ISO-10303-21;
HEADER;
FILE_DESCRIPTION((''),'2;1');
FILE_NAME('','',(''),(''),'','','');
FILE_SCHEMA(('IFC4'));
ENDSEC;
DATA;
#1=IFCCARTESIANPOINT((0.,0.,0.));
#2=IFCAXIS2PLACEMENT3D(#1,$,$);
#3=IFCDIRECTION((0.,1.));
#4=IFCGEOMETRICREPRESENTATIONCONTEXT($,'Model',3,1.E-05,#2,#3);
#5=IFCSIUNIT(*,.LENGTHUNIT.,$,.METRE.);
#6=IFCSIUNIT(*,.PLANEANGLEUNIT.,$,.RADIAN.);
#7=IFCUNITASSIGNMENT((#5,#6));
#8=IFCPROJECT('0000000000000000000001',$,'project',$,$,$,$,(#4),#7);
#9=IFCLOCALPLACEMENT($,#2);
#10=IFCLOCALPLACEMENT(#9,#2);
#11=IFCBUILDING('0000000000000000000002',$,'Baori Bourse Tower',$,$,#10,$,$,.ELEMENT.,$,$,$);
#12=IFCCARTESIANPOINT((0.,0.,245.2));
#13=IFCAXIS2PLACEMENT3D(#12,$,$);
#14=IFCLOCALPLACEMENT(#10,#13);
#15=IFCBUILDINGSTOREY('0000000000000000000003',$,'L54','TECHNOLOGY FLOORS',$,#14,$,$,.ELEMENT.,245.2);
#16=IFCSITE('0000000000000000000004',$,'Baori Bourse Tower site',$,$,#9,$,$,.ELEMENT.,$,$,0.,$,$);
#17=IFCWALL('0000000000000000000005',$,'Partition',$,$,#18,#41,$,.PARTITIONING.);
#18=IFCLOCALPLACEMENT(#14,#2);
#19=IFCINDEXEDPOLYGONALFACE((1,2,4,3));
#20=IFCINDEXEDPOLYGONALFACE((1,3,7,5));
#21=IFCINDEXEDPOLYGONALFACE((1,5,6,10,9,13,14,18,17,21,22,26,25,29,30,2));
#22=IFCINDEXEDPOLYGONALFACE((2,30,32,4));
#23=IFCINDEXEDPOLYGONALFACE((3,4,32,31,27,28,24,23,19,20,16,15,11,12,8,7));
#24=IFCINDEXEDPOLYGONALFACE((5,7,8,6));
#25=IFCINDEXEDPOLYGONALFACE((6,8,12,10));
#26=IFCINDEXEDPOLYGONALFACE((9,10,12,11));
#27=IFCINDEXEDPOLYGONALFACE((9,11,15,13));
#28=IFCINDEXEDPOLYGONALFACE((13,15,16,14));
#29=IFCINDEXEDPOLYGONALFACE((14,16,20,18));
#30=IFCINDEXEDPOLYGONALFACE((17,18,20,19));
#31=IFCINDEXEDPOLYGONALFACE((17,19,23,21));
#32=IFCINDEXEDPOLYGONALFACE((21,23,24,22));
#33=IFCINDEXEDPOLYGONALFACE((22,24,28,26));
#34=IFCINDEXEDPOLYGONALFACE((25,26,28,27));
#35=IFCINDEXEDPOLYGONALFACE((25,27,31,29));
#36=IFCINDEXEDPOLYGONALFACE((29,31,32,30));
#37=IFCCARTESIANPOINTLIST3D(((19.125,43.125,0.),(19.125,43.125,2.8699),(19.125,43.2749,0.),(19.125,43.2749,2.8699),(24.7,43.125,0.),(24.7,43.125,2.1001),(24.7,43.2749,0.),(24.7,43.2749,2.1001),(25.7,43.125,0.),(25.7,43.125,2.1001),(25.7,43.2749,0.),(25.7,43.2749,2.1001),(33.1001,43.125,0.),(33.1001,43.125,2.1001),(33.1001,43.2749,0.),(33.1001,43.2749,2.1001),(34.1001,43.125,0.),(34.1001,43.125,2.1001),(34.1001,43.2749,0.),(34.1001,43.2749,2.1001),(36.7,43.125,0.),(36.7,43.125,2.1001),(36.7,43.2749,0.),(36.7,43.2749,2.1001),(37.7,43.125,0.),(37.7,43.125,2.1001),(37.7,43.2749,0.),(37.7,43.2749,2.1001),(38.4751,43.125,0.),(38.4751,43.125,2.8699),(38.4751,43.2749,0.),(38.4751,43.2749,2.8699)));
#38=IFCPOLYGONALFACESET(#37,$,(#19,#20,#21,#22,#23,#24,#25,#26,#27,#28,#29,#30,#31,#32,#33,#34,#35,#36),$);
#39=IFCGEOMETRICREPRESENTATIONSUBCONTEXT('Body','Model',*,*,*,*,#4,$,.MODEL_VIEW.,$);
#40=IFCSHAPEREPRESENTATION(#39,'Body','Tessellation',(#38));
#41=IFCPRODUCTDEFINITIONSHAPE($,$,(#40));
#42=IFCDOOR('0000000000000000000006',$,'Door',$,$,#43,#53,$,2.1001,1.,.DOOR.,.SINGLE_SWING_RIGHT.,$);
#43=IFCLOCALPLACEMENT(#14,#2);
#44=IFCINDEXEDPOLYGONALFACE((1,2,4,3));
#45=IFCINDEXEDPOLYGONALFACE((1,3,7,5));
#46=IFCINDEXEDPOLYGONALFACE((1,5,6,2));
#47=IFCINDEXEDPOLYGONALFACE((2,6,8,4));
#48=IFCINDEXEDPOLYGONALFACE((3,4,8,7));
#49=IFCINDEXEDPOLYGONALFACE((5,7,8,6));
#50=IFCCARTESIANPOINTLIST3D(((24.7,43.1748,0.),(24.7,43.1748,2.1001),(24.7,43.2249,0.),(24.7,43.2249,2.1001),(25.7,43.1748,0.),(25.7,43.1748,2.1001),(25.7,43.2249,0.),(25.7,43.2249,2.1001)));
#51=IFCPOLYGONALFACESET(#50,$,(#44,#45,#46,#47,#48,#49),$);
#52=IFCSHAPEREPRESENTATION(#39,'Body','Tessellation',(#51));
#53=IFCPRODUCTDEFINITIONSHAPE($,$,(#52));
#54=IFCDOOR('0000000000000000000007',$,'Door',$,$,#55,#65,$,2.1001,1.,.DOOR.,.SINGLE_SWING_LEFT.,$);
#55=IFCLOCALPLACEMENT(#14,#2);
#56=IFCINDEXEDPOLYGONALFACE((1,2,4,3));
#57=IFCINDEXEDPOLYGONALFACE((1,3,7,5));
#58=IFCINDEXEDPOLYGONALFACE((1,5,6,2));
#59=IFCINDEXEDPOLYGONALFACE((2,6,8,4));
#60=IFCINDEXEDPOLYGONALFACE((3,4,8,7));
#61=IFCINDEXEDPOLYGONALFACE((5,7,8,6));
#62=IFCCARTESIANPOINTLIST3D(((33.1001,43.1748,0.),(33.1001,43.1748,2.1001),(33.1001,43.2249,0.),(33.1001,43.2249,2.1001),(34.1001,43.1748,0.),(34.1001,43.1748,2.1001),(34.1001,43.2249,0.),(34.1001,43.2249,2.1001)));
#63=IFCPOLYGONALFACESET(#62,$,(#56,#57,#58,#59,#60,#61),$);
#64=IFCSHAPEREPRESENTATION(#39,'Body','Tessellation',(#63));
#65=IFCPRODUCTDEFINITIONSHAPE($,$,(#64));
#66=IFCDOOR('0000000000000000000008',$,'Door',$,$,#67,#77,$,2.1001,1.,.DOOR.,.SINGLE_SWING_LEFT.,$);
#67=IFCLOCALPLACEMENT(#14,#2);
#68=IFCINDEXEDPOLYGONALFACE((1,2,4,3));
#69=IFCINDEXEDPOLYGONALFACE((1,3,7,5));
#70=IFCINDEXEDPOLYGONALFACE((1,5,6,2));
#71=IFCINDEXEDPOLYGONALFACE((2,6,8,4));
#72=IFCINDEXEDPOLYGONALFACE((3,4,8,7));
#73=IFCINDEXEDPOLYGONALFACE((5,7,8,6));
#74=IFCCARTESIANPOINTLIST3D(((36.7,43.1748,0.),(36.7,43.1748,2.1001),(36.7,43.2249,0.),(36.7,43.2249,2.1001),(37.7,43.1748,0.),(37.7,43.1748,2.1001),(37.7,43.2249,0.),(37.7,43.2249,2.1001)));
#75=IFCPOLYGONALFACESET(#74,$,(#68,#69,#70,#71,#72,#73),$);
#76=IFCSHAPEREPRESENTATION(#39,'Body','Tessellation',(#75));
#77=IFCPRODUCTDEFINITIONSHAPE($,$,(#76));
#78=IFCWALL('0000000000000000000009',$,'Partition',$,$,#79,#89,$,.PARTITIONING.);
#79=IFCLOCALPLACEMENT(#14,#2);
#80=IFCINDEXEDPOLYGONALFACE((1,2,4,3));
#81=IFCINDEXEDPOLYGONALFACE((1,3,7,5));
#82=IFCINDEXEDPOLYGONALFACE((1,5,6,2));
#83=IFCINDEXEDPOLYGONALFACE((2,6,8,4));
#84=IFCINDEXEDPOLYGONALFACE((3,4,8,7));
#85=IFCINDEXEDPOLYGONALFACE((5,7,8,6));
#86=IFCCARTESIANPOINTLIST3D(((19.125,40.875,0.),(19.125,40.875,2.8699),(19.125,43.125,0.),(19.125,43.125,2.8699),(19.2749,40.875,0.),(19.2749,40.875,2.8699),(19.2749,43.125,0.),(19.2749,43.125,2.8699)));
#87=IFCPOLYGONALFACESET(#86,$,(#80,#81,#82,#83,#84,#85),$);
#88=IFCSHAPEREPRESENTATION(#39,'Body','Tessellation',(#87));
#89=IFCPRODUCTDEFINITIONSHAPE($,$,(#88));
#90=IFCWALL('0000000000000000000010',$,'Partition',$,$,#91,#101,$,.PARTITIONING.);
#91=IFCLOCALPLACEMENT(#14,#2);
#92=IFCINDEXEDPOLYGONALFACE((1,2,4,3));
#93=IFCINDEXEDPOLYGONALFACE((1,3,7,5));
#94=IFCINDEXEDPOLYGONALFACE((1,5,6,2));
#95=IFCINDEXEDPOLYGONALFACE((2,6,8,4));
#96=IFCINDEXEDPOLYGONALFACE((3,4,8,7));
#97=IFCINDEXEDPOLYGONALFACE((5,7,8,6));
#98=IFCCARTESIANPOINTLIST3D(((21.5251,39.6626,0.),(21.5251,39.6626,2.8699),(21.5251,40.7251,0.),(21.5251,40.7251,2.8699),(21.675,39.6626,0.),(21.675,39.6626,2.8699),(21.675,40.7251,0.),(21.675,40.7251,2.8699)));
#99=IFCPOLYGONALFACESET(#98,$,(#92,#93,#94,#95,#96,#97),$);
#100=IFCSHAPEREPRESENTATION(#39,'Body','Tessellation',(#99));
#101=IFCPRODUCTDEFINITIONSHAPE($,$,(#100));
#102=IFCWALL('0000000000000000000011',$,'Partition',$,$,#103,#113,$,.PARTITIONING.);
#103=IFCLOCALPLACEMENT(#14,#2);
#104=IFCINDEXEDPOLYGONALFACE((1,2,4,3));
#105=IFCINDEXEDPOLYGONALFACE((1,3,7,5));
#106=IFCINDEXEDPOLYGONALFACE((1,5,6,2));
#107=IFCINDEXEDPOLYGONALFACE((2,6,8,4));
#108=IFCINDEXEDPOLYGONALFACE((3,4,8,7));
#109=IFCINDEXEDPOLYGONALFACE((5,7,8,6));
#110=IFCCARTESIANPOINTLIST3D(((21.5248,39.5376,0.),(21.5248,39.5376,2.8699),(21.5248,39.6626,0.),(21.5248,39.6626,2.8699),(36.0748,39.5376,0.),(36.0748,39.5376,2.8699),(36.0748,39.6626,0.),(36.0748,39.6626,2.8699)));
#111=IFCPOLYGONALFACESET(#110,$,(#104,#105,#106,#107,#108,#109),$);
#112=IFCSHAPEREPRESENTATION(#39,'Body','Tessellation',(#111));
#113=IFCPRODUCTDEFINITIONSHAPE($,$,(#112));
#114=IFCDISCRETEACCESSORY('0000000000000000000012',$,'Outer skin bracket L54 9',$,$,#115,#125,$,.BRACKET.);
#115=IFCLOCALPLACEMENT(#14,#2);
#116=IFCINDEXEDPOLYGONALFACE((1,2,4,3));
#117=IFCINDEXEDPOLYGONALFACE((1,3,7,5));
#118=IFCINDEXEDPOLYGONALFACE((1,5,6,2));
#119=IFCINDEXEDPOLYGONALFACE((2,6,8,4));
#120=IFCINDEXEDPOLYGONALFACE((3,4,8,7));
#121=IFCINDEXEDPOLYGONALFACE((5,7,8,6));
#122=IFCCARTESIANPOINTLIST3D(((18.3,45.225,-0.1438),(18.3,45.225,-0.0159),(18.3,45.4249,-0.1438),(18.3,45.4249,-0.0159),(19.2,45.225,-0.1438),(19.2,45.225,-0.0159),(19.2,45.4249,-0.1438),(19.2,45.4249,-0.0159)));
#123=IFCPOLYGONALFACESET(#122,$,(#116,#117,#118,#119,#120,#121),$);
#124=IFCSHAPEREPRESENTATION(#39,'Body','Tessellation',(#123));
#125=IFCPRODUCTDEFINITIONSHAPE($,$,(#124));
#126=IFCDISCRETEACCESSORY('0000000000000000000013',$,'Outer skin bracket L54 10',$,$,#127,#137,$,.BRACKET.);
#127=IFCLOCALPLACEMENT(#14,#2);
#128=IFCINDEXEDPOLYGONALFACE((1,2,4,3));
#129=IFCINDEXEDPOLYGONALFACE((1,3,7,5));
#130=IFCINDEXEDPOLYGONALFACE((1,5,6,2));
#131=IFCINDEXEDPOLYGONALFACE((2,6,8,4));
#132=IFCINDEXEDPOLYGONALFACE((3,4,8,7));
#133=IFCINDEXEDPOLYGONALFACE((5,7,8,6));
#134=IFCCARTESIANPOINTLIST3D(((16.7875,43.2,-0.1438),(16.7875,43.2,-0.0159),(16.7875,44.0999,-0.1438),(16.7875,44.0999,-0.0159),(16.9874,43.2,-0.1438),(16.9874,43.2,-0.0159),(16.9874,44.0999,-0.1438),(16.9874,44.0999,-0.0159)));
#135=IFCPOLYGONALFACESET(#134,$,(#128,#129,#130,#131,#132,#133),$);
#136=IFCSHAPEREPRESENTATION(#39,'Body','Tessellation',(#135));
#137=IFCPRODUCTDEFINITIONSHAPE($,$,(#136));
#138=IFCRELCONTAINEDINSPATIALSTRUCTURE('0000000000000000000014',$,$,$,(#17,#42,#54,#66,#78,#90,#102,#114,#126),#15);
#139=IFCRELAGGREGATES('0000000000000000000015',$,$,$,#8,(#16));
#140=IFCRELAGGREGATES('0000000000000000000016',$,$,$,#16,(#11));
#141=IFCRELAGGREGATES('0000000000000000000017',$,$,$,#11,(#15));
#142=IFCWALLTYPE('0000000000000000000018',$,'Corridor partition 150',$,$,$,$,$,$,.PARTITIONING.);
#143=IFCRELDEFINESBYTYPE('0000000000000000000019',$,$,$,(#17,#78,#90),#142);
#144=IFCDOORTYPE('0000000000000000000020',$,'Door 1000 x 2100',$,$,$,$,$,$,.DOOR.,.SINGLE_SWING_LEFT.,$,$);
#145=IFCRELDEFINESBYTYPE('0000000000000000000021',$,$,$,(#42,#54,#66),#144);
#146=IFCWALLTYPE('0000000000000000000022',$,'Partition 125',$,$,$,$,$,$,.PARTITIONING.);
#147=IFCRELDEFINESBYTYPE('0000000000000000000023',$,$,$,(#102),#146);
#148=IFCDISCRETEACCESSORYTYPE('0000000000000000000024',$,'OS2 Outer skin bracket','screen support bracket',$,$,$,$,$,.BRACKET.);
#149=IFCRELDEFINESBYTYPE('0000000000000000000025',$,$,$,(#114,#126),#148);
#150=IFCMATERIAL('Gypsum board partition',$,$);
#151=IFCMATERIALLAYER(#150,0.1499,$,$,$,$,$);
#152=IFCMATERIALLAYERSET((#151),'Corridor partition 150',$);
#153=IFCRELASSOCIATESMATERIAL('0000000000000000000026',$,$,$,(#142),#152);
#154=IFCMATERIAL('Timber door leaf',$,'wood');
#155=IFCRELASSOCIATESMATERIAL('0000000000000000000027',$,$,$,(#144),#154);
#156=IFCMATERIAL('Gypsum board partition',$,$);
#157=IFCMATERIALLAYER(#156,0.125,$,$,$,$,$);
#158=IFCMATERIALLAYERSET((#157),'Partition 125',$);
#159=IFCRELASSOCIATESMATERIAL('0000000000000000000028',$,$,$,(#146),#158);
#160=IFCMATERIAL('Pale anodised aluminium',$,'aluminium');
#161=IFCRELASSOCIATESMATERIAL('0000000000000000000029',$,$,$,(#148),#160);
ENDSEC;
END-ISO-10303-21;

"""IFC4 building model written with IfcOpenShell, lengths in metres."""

from ifc_helpers import new_model, si_unit, direction, frame, frame_2d, origin, origin_2d, place, context, subcontext, project, spatial, rectangle, extrude, material, layer, layer_set, type_object, element, fill, save


model = new_model("IFC4")

# Units and contexts
model_context = context("Model", 3, precision=1e-05, world=origin(), true_north=direction((0.0, 1.0)))
body_context = subcontext(model_context, "Body", "Model", "MODEL_VIEW")
ifc_project = project(units=[si_unit("LENGTHUNIT", "METRE"), si_unit("PLANEANGLEUNIT", "RADIAN")], contexts=[model_context])

# Site, building, storey
site_placement = place(None, origin())
site = spatial("IfcSite", under=ifc_project, at=site_placement, Name="Baori Bourse Tower site", CompositionType="ELEMENT", RefElevation=0.0)
building_placement = place(site_placement, origin())
building = spatial("IfcBuilding", under=site, at=building_placement, Name="Baori Bourse Tower", CompositionType="ELEMENT")
storey_placement = place(building_placement, frame((0.0, 0.0, 245.2)))
storey = spatial("IfcBuildingStorey", under=building, at=storey_placement, Name="L54", Description="TECHNOLOGY FLOORS", CompositionType="ELEMENT", Elevation=245.2)

# Wall, openings, doors
ifc_material_1 = material(Name="Gypsum board partition")
ifc_layer_1 = layer(ifc_material_1, 0.1499)
ifc_layer_set_1 = layer_set([ifc_layer_1], Name="Corridor partition 150")
wall_type_1 = type_object("IfcWallType", Name="Corridor partition 150", PredefinedType="PARTITIONING", material=ifc_layer_set_1)
ifc_material_2 = material(Name="Timber door leaf", Category="wood")
door_type_1 = type_object("IfcDoorType", Name="Door 1000 x 2100", OperationType="SINGLE_SWING_LEFT", PredefinedType="DOOR", material=ifc_material_2)
wall_1_placement = place(storey_placement, frame((19.125, 43.2, 0.0), z_axis=(0.0, 0.0, 1.0), x_axis=(1.0, 0.0, 0.0)))
wall_1 = element("IfcWall", 1, at=wall_1_placement, inside=storey, type_object=wall_type_1, Name="Partition", PredefinedType="PARTITIONING", context=body_context, shape_type="SweptSolid", body=[
    extrude(rectangle(XDim=19.3501, YDim=0.1499, at=frame_2d((9.675, 0.0))), origin(), (0.0, 0.0, 1.0), 2.8699),
])
opening_1_placement = place(wall_1_placement, frame((5.575, 0.0, 0.0)))
opening_1 = element("IfcOpeningElement", 2, at=opening_1_placement, cuts=wall_1, PredefinedType="OPENING", context=body_context, shape_type="SweptSolid", body=[
    extrude(rectangle(XDim=1.0, YDim=2.1001, at=frame_2d((0.5, 1.05))), frame((0.0, 0.085, 0.0), z_axis=(0.0, -1.0, 0.0), x_axis=(1.0, 0.0, 0.0)), (0.0, 0.0, 1.0), 0.1699),
])
opening_2_placement = place(wall_1_placement, frame((13.9751, 0.0, 0.0)))
opening_2 = element("IfcOpeningElement", 3, at=opening_2_placement, cuts=wall_1, PredefinedType="OPENING", context=body_context, shape_type="SweptSolid", body=[
    extrude(rectangle(XDim=1.0, YDim=2.1001, at=frame_2d((0.5, 1.05))), frame((0.0, 0.085, 0.0), z_axis=(0.0, -1.0, 0.0), x_axis=(1.0, 0.0, 0.0)), (0.0, 0.0, 1.0), 0.1699),
])
opening_3_placement = place(wall_1_placement, frame((17.575, 0.0, 0.0)))
opening_3 = element("IfcOpeningElement", 4, at=opening_3_placement, cuts=wall_1, PredefinedType="OPENING", context=body_context, shape_type="SweptSolid", body=[
    extrude(rectangle(XDim=1.0, YDim=2.1001, at=frame_2d((0.5, 1.05))), frame((0.0, 0.085, 0.0), z_axis=(0.0, -1.0, 0.0), x_axis=(1.0, 0.0, 0.0)), (0.0, 0.0, 1.0), 0.1699),
])
door_1_placement = place(opening_1_placement, origin())
door_1 = element("IfcDoor", 5, at=door_1_placement, inside=storey, type_object=door_type_1, Name="Door", OperationType="SINGLE_SWING_RIGHT", OverallHeight=2.1001, OverallWidth=1.0, PredefinedType="DOOR", context=body_context, shape_type="SweptSolid", body=[
    extrude(rectangle(XDim=1.0, YDim=2.1001, at=frame_2d((0.5, 1.05))), frame((0.0, 0.0249, 0.0), z_axis=(0.0, -1.0, 0.0), x_axis=(1.0, 0.0, 0.0)), (0.0, 0.0, 1.0), 0.05),
])
fill(opening_1, door_1)
door_2_placement = place(opening_2_placement, origin())
door_2 = element("IfcDoor", 6, at=door_2_placement, inside=storey, type_object=door_type_1, Name="Door", OperationType="SINGLE_SWING_LEFT", OverallHeight=2.1001, OverallWidth=1.0, PredefinedType="DOOR", context=body_context, shape_type="SweptSolid", body=[
    extrude(rectangle(XDim=1.0, YDim=2.1001, at=frame_2d((0.5, 1.05))), frame((0.0, 0.0249, 0.0), z_axis=(0.0, -1.0, 0.0), x_axis=(1.0, 0.0, 0.0)), (0.0, 0.0, 1.0), 0.05),
])
fill(opening_2, door_2)
door_3_placement = place(opening_3_placement, origin())
door_3 = element("IfcDoor", 7, at=door_3_placement, inside=storey, type_object=door_type_1, Name="Door", OperationType="SINGLE_SWING_LEFT", OverallHeight=2.1001, OverallWidth=1.0, PredefinedType="DOOR", context=body_context, shape_type="SweptSolid", body=[
    extrude(rectangle(XDim=1.0, YDim=2.1001, at=frame_2d((0.5, 1.05))), frame((0.0, 0.0249, 0.0), z_axis=(0.0, -1.0, 0.0), x_axis=(1.0, 0.0, 0.0)), (0.0, 0.0, 1.0), 0.05),
])
fill(opening_3, door_3)

# Walls
wall_2_placement = place(storey_placement, frame((19.2, 40.875, 0.0), z_axis=(0.0, 0.0, 1.0), x_axis=(0.0, 1.0, 0.0)))
element("IfcWall", 8, at=wall_2_placement, inside=storey, type_object=wall_type_1, Name="Partition", PredefinedType="PARTITIONING", context=body_context, shape_type="SweptSolid", body=[
    extrude(rectangle(XDim=2.25, YDim=0.1499, at=frame_2d((1.125, 0.0))), origin(), (0.0, 0.0, 1.0), 2.8699),
])
wall_3_placement = place(storey_placement, frame((21.6001, 39.6626, 0.0), z_axis=(0.0, 0.0, 1.0), x_axis=(0.0, 1.0, 0.0)))
element("IfcWall", 9, at=wall_3_placement, inside=storey, type_object=wall_type_1, Name="Partition", PredefinedType="PARTITIONING", context=body_context, shape_type="SweptSolid", body=[
    extrude(rectangle(XDim=1.0625, YDim=0.1499, at=frame_2d((0.5312, 0.0))), origin(), (0.0, 0.0, 1.0), 2.8699),
])
ifc_material_3 = material(Name="Gypsum board partition")
ifc_layer_2 = layer(ifc_material_3, 0.125)
ifc_layer_set_2 = layer_set([ifc_layer_2], Name="Partition 125")
wall_type_2 = type_object("IfcWallType", Name="Partition 125", PredefinedType="PARTITIONING", material=ifc_layer_set_2)
wall_4_placement = place(storey_placement, frame((21.5249, 39.6001, 0.0), z_axis=(0.0, 0.0, 1.0), x_axis=(1.0, 0.0, 0.0)))
element("IfcWall", 10, at=wall_4_placement, inside=storey, type_object=wall_type_2, Name="Partition", PredefinedType="PARTITIONING", context=body_context, shape_type="SweptSolid", body=[
    extrude(rectangle(XDim=14.55, YDim=0.125, at=frame_2d((7.2749, 0.0))), origin(), (0.0, 0.0, 1.0), 2.8699),
])

# Discrete accessories
ifc_material_4 = material(Name="Pale anodised aluminium", Category="aluminium")
discrete_accessory_type = type_object("IfcDiscreteAccessoryType", Name="OS2 Outer skin bracket", Description="screen support bracket", PredefinedType="BRACKET", material=ifc_material_4)
for number, where, z_axis, x_axis, name in (
    (11, (18.75, 45.325, -0.1438), (0.0, 0.0, 1.0), (0.0, -1.0, 0.0), "Outer skin bracket L54 9"),
    (12, (16.8875, 43.6499, -0.1438), (0.0, 0.0, 1.0), (-1.0, 0.0, 0.0), "Outer skin bracket L54 10"),
):
    element("IfcDiscreteAccessory", number, at=place(storey_placement, frame(where, z_axis=z_axis, x_axis=x_axis)), inside=storey, type_object=discrete_accessory_type, Name=name, PredefinedType="BRACKET", context=body_context, shape_type="SweptSolid", body=[
        extrude(rectangle(XDim=0.2, YDim=0.8999, at=origin_2d()), origin(), (0.0, 0.0, 1.0), 0.1279),
    ])

save(model, "model.ifc")
